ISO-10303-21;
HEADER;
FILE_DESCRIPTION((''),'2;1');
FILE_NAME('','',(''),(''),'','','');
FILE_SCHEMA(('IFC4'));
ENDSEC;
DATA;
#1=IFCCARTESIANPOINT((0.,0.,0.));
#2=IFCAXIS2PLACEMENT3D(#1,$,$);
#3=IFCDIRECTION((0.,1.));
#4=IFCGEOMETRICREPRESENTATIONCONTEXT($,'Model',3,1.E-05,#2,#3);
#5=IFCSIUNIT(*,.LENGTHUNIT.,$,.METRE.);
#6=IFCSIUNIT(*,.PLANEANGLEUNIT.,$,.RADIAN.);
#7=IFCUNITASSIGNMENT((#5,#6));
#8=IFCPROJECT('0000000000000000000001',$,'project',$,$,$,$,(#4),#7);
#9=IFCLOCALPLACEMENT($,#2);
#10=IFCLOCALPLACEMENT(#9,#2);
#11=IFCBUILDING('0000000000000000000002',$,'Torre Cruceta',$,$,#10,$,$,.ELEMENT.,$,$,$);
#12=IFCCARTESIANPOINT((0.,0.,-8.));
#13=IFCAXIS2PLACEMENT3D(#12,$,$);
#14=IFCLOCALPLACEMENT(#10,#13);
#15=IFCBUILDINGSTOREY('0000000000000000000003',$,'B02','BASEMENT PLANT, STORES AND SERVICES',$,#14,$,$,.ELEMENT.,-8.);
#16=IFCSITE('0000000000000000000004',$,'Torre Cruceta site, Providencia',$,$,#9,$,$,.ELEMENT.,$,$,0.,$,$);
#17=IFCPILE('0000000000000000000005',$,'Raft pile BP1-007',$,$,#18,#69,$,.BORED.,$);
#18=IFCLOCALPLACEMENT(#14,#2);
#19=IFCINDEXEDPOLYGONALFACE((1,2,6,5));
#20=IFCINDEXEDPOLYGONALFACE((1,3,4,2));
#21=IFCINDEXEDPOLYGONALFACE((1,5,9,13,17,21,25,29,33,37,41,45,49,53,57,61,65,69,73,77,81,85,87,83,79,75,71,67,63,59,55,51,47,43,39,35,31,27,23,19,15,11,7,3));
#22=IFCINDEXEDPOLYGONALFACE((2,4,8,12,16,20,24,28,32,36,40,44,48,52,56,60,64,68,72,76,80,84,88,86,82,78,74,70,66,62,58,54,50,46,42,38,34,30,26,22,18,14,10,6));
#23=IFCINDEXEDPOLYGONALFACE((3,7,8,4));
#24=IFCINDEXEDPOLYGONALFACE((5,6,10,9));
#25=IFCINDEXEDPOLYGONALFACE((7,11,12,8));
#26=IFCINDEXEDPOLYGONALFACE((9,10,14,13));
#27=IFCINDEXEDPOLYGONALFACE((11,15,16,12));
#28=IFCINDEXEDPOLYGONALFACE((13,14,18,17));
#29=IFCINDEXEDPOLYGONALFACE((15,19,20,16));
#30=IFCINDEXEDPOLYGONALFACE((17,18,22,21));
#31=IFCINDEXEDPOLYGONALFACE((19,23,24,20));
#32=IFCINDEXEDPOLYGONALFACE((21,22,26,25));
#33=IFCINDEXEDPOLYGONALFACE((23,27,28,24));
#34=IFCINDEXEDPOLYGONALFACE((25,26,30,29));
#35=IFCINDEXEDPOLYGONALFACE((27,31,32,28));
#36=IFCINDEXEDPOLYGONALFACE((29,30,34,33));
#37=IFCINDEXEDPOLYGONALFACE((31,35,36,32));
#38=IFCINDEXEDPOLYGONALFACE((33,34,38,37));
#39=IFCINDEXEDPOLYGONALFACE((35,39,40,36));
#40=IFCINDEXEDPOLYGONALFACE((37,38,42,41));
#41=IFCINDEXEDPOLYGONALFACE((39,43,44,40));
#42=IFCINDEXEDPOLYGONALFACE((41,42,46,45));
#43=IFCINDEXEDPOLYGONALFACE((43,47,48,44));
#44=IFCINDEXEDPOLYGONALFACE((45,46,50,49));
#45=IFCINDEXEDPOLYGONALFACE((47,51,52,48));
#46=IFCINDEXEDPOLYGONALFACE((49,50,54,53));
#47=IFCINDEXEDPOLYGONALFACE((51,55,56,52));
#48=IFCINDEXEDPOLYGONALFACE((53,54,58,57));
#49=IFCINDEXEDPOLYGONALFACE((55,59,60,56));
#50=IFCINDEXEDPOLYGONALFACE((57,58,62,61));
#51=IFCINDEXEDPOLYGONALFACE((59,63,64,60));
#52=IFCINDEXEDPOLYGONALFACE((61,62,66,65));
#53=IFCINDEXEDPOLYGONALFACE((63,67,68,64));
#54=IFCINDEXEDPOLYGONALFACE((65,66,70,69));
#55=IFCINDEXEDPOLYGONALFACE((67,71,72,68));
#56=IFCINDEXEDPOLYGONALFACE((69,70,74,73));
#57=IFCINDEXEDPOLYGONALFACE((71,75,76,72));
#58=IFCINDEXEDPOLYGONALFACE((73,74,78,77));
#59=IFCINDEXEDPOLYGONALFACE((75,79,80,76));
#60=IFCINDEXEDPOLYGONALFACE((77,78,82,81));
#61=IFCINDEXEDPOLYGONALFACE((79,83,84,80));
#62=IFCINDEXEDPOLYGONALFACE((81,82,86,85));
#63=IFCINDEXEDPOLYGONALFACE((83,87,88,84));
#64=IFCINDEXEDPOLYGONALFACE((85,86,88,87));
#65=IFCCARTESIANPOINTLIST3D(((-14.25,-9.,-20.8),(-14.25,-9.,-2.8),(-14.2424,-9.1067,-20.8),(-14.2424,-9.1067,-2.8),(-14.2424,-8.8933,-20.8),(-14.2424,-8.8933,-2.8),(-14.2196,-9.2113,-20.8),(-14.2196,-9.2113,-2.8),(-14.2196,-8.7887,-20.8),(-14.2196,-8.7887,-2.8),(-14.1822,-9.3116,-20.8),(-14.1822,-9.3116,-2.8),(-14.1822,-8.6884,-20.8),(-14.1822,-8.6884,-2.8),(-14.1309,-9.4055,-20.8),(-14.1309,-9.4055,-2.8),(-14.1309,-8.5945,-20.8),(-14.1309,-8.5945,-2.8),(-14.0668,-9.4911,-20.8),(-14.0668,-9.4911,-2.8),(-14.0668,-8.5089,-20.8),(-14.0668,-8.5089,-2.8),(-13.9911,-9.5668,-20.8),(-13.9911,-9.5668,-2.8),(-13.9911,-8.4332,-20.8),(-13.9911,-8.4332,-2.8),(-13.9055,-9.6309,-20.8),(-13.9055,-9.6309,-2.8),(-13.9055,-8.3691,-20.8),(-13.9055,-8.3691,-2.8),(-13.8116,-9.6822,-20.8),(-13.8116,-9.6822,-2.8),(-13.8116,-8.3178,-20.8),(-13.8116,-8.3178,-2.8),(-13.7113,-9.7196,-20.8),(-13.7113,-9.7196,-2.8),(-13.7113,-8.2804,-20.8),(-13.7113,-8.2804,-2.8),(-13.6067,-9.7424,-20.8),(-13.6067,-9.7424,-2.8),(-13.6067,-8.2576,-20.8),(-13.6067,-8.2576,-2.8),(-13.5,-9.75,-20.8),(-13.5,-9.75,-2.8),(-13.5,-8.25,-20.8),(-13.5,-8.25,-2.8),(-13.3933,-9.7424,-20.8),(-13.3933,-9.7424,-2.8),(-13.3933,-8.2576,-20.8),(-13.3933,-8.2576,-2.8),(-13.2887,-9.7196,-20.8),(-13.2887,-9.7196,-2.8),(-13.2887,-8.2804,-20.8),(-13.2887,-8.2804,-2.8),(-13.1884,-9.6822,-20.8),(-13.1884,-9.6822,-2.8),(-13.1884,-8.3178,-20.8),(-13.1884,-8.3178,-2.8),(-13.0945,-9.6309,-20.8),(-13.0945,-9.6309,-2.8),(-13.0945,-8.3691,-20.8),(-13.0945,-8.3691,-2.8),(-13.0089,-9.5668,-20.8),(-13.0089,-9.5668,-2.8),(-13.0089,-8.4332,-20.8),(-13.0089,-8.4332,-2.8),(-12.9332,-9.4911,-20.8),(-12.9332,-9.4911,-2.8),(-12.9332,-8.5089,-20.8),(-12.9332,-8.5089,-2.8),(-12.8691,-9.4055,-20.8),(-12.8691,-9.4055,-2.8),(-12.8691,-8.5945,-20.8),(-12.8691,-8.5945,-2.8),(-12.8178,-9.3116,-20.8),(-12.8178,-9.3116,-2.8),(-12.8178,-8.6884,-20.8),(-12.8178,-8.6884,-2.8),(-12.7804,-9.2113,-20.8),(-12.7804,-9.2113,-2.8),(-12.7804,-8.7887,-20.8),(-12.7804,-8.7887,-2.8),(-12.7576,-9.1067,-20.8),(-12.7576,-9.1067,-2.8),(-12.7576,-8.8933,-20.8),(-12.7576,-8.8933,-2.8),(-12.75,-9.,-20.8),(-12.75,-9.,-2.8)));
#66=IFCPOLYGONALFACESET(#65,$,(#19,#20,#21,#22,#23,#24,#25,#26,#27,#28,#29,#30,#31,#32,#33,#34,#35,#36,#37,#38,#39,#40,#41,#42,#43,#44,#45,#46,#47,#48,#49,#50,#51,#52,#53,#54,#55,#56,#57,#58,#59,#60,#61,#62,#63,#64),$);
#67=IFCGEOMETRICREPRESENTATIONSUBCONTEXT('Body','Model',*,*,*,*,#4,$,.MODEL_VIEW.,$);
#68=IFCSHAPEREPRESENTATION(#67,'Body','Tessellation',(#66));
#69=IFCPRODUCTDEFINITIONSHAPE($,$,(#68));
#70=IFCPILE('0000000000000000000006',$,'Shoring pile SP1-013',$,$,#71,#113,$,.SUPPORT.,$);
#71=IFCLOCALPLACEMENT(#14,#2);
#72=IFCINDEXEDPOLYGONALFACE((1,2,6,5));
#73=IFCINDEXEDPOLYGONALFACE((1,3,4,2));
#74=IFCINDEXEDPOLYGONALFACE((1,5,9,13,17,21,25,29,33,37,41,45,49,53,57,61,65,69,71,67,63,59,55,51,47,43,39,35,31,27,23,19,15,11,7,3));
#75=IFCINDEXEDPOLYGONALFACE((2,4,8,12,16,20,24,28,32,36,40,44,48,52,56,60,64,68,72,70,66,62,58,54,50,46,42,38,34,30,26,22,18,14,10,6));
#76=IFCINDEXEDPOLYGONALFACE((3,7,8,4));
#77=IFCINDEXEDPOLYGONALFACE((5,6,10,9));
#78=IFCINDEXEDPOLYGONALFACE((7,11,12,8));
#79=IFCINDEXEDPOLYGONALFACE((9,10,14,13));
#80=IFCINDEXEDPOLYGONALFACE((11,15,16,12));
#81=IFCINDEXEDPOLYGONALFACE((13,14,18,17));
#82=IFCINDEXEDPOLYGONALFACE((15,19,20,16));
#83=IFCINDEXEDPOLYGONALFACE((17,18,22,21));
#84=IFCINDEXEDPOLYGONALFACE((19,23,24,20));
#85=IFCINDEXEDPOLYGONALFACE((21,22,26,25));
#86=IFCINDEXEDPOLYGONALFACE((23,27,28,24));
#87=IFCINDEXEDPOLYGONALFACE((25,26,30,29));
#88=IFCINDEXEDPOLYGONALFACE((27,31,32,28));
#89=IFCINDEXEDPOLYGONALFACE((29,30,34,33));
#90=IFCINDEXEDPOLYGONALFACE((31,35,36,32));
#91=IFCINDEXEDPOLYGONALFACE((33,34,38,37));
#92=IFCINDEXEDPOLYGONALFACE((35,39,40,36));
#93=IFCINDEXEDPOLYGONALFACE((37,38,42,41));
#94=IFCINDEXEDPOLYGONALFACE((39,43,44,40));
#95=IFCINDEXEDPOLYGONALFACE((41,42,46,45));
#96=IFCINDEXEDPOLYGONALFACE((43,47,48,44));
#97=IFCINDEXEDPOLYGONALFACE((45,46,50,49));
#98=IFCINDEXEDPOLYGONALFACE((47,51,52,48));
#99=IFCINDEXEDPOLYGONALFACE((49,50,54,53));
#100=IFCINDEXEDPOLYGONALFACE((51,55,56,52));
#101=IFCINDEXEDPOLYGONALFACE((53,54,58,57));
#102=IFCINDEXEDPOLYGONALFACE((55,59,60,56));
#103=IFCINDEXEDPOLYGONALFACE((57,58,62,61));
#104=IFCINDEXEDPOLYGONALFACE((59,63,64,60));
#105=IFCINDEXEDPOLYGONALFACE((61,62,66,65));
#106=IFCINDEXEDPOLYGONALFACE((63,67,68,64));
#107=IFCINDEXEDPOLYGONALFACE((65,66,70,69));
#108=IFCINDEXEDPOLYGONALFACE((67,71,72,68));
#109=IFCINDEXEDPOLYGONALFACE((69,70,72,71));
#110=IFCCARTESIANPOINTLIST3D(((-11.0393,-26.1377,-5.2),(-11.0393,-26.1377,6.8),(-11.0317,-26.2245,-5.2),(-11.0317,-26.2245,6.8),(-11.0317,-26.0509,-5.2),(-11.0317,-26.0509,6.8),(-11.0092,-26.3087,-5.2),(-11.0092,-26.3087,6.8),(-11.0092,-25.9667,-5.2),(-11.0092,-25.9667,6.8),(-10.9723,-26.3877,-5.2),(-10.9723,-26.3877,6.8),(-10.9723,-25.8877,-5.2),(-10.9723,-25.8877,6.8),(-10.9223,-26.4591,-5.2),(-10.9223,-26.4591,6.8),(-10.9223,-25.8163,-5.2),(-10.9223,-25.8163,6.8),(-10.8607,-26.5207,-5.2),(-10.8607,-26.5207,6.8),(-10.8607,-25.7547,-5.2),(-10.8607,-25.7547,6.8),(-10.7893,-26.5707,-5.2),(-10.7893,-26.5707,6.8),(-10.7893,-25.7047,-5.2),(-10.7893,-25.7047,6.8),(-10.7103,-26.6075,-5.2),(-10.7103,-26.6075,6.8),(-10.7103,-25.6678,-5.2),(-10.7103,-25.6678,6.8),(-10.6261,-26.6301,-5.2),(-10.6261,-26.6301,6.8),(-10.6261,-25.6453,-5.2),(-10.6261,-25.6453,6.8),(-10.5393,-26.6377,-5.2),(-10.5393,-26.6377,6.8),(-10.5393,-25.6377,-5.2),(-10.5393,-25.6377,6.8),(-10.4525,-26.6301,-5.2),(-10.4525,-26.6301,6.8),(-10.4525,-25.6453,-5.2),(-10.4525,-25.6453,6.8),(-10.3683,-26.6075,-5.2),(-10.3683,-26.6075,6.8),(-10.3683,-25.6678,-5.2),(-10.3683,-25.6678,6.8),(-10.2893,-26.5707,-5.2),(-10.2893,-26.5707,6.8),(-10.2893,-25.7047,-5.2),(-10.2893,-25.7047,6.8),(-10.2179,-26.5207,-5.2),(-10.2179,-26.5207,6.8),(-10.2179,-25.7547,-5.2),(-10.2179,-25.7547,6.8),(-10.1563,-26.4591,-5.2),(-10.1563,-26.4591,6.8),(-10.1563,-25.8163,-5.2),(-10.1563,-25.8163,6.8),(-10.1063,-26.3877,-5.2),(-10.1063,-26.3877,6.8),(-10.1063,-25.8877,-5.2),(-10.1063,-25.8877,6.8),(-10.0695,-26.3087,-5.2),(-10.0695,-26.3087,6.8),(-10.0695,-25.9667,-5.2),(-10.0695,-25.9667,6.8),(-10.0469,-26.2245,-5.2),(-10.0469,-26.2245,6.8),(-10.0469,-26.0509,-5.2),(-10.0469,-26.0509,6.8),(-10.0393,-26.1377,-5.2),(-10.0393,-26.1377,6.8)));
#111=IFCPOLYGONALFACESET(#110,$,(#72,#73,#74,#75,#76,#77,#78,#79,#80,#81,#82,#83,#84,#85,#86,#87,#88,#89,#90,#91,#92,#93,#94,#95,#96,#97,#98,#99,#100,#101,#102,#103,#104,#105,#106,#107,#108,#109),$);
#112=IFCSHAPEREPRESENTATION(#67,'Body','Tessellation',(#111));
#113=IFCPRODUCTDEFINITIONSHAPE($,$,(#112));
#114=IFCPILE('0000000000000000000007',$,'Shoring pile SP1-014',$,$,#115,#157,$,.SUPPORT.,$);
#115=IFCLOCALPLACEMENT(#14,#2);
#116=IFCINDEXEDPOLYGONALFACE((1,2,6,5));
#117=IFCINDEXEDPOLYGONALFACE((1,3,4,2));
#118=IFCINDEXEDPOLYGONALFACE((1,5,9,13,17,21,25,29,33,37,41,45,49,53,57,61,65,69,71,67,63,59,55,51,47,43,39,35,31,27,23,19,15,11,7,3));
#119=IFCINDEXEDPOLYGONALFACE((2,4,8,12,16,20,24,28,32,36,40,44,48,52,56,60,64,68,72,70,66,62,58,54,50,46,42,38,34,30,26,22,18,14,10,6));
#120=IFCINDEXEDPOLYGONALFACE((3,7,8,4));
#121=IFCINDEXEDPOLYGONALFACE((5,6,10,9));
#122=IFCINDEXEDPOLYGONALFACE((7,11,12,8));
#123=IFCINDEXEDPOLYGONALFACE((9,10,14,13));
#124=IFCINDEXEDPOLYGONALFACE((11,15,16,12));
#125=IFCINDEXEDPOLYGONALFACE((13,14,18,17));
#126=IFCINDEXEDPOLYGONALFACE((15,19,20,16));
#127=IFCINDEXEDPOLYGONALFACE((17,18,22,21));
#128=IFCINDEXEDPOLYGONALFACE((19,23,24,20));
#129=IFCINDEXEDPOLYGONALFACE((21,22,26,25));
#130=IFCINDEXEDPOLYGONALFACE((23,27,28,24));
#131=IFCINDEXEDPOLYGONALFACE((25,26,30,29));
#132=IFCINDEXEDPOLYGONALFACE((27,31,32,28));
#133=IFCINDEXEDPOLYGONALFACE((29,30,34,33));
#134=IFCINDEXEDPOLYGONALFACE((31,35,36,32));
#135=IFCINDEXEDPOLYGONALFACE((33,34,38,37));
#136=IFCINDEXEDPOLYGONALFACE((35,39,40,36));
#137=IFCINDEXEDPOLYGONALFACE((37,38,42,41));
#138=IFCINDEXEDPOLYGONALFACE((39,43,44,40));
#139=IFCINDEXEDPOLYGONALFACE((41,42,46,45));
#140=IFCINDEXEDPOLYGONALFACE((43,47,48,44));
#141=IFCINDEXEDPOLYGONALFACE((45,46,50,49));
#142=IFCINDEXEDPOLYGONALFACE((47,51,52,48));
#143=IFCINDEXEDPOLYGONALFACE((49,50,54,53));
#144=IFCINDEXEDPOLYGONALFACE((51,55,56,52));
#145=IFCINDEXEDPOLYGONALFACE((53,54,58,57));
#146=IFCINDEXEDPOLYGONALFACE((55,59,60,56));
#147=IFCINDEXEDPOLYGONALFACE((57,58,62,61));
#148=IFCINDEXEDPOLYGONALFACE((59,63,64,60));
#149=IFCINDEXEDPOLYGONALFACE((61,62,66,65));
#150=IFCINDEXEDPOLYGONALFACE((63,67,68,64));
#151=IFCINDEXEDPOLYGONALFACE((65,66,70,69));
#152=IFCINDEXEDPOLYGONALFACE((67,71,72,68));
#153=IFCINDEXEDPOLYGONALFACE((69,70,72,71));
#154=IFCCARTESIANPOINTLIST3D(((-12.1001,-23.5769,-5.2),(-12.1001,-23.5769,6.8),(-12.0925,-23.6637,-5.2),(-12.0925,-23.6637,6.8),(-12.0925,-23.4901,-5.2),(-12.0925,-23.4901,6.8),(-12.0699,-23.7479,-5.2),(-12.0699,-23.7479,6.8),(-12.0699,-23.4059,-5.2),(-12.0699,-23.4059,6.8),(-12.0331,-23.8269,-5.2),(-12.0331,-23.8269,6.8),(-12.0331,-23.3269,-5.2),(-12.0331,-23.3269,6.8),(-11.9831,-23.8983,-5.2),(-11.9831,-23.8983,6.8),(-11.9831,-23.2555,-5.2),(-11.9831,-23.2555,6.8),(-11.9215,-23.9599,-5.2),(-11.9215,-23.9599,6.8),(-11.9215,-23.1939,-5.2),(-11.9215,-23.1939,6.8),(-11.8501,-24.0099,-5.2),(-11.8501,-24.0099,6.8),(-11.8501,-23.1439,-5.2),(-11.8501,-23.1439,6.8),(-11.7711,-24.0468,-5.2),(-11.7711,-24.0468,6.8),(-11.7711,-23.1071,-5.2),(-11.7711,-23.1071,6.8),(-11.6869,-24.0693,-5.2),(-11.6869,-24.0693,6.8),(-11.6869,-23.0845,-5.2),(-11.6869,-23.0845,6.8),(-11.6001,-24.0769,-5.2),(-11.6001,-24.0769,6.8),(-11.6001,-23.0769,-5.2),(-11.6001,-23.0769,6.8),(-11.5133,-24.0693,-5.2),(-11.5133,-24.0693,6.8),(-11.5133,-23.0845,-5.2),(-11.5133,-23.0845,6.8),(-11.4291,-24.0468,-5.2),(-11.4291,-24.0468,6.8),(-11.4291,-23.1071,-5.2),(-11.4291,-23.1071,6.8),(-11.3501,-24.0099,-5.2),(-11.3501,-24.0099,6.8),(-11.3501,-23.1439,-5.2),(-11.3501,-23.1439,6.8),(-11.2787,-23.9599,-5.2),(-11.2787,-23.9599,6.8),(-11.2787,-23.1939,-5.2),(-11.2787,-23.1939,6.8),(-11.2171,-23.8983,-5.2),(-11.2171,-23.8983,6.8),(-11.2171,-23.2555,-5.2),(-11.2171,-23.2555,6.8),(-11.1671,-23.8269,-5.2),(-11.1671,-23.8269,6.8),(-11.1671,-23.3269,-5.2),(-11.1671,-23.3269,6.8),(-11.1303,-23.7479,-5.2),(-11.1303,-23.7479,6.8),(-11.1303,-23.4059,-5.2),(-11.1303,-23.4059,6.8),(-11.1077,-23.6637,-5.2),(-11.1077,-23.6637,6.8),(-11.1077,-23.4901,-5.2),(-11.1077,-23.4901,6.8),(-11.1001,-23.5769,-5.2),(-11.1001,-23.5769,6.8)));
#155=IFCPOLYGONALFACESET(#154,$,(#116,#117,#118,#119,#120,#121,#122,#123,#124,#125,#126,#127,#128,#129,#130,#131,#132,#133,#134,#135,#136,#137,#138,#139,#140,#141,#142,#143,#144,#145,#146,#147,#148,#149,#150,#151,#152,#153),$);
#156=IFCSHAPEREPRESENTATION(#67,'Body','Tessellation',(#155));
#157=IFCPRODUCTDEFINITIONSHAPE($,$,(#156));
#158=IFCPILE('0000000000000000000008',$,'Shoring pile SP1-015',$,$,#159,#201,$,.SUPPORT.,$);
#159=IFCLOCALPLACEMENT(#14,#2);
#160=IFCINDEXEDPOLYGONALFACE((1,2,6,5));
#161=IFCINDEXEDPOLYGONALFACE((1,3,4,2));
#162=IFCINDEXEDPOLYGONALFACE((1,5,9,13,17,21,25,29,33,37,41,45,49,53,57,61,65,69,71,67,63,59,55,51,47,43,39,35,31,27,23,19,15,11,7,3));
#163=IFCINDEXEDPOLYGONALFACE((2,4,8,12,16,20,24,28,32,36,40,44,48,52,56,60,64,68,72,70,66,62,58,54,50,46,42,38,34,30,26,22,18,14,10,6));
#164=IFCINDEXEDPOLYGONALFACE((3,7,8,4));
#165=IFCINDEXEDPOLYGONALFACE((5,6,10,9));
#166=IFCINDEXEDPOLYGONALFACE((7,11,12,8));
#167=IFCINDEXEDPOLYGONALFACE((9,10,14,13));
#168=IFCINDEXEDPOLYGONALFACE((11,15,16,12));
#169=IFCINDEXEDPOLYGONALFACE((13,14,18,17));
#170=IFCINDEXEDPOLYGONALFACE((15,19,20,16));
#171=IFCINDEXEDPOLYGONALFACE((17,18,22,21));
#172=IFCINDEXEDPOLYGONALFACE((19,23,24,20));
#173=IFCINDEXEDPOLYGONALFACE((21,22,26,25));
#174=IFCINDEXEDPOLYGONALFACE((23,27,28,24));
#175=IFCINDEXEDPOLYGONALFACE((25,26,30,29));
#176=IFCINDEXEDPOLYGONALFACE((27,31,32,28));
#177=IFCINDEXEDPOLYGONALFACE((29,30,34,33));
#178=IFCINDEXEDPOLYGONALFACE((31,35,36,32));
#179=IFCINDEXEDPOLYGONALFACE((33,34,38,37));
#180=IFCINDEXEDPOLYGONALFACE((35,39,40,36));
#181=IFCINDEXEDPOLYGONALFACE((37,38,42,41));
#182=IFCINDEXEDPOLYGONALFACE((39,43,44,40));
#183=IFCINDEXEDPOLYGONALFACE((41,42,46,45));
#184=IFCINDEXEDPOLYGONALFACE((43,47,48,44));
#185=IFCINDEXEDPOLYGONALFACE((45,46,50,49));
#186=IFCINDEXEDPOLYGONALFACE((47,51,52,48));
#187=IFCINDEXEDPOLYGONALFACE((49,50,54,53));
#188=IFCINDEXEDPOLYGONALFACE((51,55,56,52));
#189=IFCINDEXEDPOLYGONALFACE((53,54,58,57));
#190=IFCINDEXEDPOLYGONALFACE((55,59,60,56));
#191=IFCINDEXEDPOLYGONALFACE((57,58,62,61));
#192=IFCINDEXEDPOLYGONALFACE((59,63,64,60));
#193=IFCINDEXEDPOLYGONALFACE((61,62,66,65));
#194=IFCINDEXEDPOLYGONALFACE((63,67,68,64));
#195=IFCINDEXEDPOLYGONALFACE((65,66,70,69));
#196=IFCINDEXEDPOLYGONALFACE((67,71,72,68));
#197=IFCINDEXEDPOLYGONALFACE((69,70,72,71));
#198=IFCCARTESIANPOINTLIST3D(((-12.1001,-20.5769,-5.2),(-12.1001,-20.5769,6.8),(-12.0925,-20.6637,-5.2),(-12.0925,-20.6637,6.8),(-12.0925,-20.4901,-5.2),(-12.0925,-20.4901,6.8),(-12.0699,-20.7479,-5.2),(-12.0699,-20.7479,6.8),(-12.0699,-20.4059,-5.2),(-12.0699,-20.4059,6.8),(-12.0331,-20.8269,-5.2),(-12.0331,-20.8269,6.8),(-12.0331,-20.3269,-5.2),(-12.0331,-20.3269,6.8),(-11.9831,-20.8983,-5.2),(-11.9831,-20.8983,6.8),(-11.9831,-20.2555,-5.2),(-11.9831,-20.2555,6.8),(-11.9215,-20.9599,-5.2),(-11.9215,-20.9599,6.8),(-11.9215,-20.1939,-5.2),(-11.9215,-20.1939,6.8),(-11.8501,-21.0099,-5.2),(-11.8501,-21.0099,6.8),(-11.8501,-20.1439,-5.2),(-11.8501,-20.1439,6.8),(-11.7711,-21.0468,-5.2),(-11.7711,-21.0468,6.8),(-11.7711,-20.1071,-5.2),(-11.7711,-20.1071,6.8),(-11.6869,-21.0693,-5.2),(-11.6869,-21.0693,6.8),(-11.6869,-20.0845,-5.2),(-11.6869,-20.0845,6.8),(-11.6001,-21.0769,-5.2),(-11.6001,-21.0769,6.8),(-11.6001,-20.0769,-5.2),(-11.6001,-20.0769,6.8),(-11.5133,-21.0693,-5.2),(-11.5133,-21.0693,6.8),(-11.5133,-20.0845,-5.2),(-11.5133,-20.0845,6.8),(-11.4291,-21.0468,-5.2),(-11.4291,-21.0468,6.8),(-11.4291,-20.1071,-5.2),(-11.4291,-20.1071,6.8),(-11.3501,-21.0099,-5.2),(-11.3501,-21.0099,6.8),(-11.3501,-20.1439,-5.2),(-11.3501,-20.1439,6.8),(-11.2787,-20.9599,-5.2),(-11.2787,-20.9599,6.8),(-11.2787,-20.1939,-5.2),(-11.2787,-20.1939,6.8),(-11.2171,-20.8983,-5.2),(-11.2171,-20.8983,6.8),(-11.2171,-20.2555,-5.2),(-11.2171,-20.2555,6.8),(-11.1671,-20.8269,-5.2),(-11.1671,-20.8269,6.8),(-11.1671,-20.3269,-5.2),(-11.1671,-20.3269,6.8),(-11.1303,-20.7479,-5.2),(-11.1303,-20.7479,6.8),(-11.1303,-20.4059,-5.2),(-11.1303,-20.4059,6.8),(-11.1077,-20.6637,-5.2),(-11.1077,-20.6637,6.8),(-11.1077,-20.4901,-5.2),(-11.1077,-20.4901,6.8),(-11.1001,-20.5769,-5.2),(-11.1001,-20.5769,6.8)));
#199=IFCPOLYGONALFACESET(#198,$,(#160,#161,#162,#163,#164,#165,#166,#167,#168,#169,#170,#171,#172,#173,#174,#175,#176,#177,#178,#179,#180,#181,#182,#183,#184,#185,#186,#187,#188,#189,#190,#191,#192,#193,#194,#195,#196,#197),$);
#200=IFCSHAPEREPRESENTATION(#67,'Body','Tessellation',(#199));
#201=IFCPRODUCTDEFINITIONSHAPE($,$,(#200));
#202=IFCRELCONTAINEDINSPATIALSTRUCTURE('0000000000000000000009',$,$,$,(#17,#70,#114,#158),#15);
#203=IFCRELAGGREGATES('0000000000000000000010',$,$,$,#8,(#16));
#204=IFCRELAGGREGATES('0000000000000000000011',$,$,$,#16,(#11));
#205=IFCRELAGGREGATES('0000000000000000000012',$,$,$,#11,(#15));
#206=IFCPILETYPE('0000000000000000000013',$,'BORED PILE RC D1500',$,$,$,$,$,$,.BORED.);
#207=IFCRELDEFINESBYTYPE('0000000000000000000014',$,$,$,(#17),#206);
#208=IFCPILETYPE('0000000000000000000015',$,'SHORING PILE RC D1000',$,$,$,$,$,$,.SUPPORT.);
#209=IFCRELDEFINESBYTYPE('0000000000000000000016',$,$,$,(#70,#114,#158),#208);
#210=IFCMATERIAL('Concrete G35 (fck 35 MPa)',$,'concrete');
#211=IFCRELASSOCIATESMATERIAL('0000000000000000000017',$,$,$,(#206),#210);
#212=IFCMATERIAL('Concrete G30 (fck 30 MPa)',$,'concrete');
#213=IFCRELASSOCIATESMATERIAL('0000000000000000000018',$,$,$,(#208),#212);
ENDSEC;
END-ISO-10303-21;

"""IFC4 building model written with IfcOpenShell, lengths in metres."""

from ifc_helpers import new_model, si_unit, direction, frame, origin, origin_2d, place, context, subcontext, project, spatial, circle, extrude, material, material_profile, profile_set, type_object, element, save


model = new_model("IFC4")

# Units and contexts
model_context = context("Model", 3, precision=1e-05, world=origin(), true_north=direction((0.0, 1.0)))
body_context = subcontext(model_context, "Body", "Model", "MODEL_VIEW")
ifc_project = project(units=[si_unit("LENGTHUNIT", "METRE"), si_unit("PLANEANGLEUNIT", "RADIAN")], contexts=[model_context])

# Site, building, storey
site_placement = place(None, origin())
site = spatial("IfcSite", under=ifc_project, at=site_placement, Name="Torre Cruceta site, Providencia", CompositionType="ELEMENT", RefElevation=0.0)
building_placement = place(site_placement, origin())
building = spatial("IfcBuilding", under=site, at=building_placement, Name="Torre Cruceta", CompositionType="ELEMENT")
storey_placement = place(building_placement, frame((0.0, 0.0, -8.0)))
storey = spatial("IfcBuildingStorey", under=building, at=storey_placement, Name="B02", Description="BASEMENT PLANT, STORES AND SERVICES", CompositionType="ELEMENT", Elevation=-8.0)

# Piles
ifc_material_1 = material(Name="Concrete G35 (fck 35 MPa)", Category="concrete")
ifc_material_profile_1 = material_profile(ifc_material_1, circle(Radius=0.75, at=origin_2d()), Name="RC D1500")
ifc_profile_set_1 = profile_set([ifc_material_profile_1], Name="Concrete G35 (fck 35 MPa)")
pile_type_1 = type_object("IfcPileType", Name="BORED PILE RC D1500", PredefinedType="BORED", material=ifc_profile_set_1)
pile_placement = place(storey_placement, frame((-13.5, -9.0, -2.8), z_axis=(0.0, 0.0, -1.0), x_axis=(1.0, 0.0, 0.0)))
element("IfcPile", 1, at=pile_placement, inside=storey, type_object=pile_type_1, Name="Raft pile BP1-007", PredefinedType="BORED", context=body_context, shape_type="SweptSolid", body=[
    extrude(circle(Radius=0.75, at=origin_2d()), origin(), (0.0, 0.0, 1.0), 18.0),
])
ifc_material_2 = material(Name="Concrete G30 (fck 30 MPa)", Category="concrete")
ifc_material_profile_2 = material_profile(ifc_material_2, circle(Radius=0.5, at=origin_2d()), Name="RC D1000")
ifc_profile_set_2 = profile_set([ifc_material_profile_2], Name="Concrete G30 (fck 30 MPa)")
pile_type_2 = type_object("IfcPileType", Name="SHORING PILE RC D1000", PredefinedType="SUPPORT", material=ifc_profile_set_2)
for number, where, z_axis, x_axis, name in (
    (2, (-10.5393, -26.1377, 6.8), (0.0, 0.0, -1.0), (1.0, 0.0, 0.0), "Shoring pile SP1-013"),
    (3, (-11.6001, -23.5769, 6.8), (0.0, 0.0, -1.0), (1.0, 0.0, 0.0), "Shoring pile SP1-014"),
    (4, (-11.6001, -20.5769, 6.8), (0.0, 0.0, -1.0), (1.0, 0.0, 0.0), "Shoring pile SP1-015"),
):
    element("IfcPile", number, at=place(storey_placement, frame(where, z_axis=z_axis, x_axis=x_axis)), inside=storey, type_object=pile_type_2, Name=name, PredefinedType="SUPPORT", context=body_context, shape_type="SweptSolid", body=[
        extrude(circle(Radius=0.5, at=origin_2d()), origin(), (0.0, 0.0, 1.0), 12.0),
    ])

save(model, "model.ifc")
